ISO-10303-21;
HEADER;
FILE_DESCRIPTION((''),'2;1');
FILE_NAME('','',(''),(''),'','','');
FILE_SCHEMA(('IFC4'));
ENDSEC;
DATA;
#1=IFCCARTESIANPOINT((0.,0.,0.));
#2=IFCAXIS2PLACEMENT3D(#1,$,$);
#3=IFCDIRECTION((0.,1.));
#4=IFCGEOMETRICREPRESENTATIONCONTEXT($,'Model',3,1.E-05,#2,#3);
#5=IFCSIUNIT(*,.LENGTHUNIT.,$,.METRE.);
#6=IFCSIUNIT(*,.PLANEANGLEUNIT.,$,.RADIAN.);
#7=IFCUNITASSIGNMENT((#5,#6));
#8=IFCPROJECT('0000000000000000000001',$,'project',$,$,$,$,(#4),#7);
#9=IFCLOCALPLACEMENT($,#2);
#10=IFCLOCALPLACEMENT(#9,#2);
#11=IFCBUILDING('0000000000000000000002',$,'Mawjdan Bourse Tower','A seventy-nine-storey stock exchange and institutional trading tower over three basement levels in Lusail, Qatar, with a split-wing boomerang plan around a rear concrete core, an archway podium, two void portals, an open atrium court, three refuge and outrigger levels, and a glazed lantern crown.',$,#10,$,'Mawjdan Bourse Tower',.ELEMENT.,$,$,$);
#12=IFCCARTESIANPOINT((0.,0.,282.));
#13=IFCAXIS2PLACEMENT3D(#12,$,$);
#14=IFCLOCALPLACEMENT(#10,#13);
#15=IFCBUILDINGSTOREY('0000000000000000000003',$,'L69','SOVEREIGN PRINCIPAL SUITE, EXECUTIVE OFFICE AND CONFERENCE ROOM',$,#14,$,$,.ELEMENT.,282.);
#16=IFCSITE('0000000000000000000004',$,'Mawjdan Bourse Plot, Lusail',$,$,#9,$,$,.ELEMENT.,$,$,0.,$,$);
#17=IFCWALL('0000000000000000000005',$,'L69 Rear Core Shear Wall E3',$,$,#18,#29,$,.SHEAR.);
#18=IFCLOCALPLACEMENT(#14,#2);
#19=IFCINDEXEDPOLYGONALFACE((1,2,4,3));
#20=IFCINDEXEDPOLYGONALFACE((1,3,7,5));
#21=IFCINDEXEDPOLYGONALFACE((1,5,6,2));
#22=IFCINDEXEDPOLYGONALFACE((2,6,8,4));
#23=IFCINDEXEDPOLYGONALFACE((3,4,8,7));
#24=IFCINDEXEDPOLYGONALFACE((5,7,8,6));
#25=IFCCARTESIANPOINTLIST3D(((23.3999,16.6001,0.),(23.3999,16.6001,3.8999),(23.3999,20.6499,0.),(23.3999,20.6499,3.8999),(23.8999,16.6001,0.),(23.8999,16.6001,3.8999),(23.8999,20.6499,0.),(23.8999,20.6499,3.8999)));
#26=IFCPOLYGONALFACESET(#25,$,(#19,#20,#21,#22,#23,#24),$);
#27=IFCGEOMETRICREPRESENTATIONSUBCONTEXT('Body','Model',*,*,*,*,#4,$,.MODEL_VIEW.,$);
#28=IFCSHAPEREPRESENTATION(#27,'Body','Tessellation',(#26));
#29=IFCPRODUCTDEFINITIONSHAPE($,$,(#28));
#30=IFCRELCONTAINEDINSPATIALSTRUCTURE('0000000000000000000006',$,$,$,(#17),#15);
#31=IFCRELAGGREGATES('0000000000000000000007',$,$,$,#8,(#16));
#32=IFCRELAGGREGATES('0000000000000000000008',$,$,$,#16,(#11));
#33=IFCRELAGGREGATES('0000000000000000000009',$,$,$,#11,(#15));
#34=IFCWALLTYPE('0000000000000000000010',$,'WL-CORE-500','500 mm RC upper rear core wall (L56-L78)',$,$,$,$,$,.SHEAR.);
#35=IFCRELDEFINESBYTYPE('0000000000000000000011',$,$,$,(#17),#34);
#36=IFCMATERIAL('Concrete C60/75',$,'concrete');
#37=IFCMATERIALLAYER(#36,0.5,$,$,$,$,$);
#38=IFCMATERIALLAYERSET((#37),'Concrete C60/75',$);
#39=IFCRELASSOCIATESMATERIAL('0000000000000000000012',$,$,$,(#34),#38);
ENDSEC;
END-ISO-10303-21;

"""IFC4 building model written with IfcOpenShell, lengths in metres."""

from ifc_helpers import new_model, si_unit, direction, frame, frame_2d, origin, place, context, subcontext, project, spatial, rectangle, extrude, material, layer, layer_set, type_object, element, save


model = new_model("IFC4")

# Units and contexts
model_context = context("Model", 3, precision=1e-05, world=origin(), true_north=direction((0.0, 1.0)))
body_context = subcontext(model_context, "Body", "Model", "MODEL_VIEW")
ifc_project = project(units=[si_unit("LENGTHUNIT", "METRE"), si_unit("PLANEANGLEUNIT", "RADIAN")], contexts=[model_context])

# Site, building, storey
site_placement = place(None, origin())
site = spatial("IfcSite", under=ifc_project, at=site_placement, Name="Mawjdan Bourse Plot, Lusail", CompositionType="ELEMENT", RefElevation=0.0)
building_placement = place(site_placement, origin())
building = spatial("IfcBuilding", under=site, at=building_placement, Name="Mawjdan Bourse Tower", Description="A seventy-nine-storey stock exchange and institutional trading tower over three basement levels in Lusail, Qatar, with a split-wing boomerang plan around a rear concrete core, an archway podium, two void portals, an open atrium court, three refuge and outrigger levels, and a glazed lantern crown.", LongName="Mawjdan Bourse Tower", CompositionType="ELEMENT")
storey_placement = place(building_placement, frame((0.0, 0.0, 282.0)))
storey = spatial("IfcBuildingStorey", under=building, at=storey_placement, Name="L69", Description="SOVEREIGN PRINCIPAL SUITE, EXECUTIVE OFFICE AND CONFERENCE ROOM", CompositionType="ELEMENT", Elevation=282.0)

# Shared definitions
ifc_material_1 = material(Name="Concrete C60/75", Category="concrete")

# Wall
ifc_layer_1 = layer(ifc_material_1, 0.5)
ifc_layer_set_1 = layer_set([ifc_layer_1], Name="Concrete C60/75")
wall_type_1 = type_object("IfcWallType", Name="WL-CORE-500", Description="500 mm RC upper rear core wall (L56-L78)", PredefinedType="SHEAR", material=ifc_layer_set_1)
wall_1_placement = place(storey_placement, frame((23.6499, 16.6001, 0.0), z_axis=(0.0, 0.0, 1.0), x_axis=(0.0, 1.0, 0.0)))
element("IfcWall", 1, at=wall_1_placement, inside=storey, type_object=wall_type_1, Name="L69 Rear Core Shear Wall E3", PredefinedType="SHEAR", context=body_context, shape_type="SweptSolid", body=[
    extrude(rectangle(XDim=4.0498, YDim=0.5, at=frame_2d((2.0249, 0.0))), origin(), (0.0, 0.0, 1.0), 3.8999),
])

save(model, "model.ifc")
